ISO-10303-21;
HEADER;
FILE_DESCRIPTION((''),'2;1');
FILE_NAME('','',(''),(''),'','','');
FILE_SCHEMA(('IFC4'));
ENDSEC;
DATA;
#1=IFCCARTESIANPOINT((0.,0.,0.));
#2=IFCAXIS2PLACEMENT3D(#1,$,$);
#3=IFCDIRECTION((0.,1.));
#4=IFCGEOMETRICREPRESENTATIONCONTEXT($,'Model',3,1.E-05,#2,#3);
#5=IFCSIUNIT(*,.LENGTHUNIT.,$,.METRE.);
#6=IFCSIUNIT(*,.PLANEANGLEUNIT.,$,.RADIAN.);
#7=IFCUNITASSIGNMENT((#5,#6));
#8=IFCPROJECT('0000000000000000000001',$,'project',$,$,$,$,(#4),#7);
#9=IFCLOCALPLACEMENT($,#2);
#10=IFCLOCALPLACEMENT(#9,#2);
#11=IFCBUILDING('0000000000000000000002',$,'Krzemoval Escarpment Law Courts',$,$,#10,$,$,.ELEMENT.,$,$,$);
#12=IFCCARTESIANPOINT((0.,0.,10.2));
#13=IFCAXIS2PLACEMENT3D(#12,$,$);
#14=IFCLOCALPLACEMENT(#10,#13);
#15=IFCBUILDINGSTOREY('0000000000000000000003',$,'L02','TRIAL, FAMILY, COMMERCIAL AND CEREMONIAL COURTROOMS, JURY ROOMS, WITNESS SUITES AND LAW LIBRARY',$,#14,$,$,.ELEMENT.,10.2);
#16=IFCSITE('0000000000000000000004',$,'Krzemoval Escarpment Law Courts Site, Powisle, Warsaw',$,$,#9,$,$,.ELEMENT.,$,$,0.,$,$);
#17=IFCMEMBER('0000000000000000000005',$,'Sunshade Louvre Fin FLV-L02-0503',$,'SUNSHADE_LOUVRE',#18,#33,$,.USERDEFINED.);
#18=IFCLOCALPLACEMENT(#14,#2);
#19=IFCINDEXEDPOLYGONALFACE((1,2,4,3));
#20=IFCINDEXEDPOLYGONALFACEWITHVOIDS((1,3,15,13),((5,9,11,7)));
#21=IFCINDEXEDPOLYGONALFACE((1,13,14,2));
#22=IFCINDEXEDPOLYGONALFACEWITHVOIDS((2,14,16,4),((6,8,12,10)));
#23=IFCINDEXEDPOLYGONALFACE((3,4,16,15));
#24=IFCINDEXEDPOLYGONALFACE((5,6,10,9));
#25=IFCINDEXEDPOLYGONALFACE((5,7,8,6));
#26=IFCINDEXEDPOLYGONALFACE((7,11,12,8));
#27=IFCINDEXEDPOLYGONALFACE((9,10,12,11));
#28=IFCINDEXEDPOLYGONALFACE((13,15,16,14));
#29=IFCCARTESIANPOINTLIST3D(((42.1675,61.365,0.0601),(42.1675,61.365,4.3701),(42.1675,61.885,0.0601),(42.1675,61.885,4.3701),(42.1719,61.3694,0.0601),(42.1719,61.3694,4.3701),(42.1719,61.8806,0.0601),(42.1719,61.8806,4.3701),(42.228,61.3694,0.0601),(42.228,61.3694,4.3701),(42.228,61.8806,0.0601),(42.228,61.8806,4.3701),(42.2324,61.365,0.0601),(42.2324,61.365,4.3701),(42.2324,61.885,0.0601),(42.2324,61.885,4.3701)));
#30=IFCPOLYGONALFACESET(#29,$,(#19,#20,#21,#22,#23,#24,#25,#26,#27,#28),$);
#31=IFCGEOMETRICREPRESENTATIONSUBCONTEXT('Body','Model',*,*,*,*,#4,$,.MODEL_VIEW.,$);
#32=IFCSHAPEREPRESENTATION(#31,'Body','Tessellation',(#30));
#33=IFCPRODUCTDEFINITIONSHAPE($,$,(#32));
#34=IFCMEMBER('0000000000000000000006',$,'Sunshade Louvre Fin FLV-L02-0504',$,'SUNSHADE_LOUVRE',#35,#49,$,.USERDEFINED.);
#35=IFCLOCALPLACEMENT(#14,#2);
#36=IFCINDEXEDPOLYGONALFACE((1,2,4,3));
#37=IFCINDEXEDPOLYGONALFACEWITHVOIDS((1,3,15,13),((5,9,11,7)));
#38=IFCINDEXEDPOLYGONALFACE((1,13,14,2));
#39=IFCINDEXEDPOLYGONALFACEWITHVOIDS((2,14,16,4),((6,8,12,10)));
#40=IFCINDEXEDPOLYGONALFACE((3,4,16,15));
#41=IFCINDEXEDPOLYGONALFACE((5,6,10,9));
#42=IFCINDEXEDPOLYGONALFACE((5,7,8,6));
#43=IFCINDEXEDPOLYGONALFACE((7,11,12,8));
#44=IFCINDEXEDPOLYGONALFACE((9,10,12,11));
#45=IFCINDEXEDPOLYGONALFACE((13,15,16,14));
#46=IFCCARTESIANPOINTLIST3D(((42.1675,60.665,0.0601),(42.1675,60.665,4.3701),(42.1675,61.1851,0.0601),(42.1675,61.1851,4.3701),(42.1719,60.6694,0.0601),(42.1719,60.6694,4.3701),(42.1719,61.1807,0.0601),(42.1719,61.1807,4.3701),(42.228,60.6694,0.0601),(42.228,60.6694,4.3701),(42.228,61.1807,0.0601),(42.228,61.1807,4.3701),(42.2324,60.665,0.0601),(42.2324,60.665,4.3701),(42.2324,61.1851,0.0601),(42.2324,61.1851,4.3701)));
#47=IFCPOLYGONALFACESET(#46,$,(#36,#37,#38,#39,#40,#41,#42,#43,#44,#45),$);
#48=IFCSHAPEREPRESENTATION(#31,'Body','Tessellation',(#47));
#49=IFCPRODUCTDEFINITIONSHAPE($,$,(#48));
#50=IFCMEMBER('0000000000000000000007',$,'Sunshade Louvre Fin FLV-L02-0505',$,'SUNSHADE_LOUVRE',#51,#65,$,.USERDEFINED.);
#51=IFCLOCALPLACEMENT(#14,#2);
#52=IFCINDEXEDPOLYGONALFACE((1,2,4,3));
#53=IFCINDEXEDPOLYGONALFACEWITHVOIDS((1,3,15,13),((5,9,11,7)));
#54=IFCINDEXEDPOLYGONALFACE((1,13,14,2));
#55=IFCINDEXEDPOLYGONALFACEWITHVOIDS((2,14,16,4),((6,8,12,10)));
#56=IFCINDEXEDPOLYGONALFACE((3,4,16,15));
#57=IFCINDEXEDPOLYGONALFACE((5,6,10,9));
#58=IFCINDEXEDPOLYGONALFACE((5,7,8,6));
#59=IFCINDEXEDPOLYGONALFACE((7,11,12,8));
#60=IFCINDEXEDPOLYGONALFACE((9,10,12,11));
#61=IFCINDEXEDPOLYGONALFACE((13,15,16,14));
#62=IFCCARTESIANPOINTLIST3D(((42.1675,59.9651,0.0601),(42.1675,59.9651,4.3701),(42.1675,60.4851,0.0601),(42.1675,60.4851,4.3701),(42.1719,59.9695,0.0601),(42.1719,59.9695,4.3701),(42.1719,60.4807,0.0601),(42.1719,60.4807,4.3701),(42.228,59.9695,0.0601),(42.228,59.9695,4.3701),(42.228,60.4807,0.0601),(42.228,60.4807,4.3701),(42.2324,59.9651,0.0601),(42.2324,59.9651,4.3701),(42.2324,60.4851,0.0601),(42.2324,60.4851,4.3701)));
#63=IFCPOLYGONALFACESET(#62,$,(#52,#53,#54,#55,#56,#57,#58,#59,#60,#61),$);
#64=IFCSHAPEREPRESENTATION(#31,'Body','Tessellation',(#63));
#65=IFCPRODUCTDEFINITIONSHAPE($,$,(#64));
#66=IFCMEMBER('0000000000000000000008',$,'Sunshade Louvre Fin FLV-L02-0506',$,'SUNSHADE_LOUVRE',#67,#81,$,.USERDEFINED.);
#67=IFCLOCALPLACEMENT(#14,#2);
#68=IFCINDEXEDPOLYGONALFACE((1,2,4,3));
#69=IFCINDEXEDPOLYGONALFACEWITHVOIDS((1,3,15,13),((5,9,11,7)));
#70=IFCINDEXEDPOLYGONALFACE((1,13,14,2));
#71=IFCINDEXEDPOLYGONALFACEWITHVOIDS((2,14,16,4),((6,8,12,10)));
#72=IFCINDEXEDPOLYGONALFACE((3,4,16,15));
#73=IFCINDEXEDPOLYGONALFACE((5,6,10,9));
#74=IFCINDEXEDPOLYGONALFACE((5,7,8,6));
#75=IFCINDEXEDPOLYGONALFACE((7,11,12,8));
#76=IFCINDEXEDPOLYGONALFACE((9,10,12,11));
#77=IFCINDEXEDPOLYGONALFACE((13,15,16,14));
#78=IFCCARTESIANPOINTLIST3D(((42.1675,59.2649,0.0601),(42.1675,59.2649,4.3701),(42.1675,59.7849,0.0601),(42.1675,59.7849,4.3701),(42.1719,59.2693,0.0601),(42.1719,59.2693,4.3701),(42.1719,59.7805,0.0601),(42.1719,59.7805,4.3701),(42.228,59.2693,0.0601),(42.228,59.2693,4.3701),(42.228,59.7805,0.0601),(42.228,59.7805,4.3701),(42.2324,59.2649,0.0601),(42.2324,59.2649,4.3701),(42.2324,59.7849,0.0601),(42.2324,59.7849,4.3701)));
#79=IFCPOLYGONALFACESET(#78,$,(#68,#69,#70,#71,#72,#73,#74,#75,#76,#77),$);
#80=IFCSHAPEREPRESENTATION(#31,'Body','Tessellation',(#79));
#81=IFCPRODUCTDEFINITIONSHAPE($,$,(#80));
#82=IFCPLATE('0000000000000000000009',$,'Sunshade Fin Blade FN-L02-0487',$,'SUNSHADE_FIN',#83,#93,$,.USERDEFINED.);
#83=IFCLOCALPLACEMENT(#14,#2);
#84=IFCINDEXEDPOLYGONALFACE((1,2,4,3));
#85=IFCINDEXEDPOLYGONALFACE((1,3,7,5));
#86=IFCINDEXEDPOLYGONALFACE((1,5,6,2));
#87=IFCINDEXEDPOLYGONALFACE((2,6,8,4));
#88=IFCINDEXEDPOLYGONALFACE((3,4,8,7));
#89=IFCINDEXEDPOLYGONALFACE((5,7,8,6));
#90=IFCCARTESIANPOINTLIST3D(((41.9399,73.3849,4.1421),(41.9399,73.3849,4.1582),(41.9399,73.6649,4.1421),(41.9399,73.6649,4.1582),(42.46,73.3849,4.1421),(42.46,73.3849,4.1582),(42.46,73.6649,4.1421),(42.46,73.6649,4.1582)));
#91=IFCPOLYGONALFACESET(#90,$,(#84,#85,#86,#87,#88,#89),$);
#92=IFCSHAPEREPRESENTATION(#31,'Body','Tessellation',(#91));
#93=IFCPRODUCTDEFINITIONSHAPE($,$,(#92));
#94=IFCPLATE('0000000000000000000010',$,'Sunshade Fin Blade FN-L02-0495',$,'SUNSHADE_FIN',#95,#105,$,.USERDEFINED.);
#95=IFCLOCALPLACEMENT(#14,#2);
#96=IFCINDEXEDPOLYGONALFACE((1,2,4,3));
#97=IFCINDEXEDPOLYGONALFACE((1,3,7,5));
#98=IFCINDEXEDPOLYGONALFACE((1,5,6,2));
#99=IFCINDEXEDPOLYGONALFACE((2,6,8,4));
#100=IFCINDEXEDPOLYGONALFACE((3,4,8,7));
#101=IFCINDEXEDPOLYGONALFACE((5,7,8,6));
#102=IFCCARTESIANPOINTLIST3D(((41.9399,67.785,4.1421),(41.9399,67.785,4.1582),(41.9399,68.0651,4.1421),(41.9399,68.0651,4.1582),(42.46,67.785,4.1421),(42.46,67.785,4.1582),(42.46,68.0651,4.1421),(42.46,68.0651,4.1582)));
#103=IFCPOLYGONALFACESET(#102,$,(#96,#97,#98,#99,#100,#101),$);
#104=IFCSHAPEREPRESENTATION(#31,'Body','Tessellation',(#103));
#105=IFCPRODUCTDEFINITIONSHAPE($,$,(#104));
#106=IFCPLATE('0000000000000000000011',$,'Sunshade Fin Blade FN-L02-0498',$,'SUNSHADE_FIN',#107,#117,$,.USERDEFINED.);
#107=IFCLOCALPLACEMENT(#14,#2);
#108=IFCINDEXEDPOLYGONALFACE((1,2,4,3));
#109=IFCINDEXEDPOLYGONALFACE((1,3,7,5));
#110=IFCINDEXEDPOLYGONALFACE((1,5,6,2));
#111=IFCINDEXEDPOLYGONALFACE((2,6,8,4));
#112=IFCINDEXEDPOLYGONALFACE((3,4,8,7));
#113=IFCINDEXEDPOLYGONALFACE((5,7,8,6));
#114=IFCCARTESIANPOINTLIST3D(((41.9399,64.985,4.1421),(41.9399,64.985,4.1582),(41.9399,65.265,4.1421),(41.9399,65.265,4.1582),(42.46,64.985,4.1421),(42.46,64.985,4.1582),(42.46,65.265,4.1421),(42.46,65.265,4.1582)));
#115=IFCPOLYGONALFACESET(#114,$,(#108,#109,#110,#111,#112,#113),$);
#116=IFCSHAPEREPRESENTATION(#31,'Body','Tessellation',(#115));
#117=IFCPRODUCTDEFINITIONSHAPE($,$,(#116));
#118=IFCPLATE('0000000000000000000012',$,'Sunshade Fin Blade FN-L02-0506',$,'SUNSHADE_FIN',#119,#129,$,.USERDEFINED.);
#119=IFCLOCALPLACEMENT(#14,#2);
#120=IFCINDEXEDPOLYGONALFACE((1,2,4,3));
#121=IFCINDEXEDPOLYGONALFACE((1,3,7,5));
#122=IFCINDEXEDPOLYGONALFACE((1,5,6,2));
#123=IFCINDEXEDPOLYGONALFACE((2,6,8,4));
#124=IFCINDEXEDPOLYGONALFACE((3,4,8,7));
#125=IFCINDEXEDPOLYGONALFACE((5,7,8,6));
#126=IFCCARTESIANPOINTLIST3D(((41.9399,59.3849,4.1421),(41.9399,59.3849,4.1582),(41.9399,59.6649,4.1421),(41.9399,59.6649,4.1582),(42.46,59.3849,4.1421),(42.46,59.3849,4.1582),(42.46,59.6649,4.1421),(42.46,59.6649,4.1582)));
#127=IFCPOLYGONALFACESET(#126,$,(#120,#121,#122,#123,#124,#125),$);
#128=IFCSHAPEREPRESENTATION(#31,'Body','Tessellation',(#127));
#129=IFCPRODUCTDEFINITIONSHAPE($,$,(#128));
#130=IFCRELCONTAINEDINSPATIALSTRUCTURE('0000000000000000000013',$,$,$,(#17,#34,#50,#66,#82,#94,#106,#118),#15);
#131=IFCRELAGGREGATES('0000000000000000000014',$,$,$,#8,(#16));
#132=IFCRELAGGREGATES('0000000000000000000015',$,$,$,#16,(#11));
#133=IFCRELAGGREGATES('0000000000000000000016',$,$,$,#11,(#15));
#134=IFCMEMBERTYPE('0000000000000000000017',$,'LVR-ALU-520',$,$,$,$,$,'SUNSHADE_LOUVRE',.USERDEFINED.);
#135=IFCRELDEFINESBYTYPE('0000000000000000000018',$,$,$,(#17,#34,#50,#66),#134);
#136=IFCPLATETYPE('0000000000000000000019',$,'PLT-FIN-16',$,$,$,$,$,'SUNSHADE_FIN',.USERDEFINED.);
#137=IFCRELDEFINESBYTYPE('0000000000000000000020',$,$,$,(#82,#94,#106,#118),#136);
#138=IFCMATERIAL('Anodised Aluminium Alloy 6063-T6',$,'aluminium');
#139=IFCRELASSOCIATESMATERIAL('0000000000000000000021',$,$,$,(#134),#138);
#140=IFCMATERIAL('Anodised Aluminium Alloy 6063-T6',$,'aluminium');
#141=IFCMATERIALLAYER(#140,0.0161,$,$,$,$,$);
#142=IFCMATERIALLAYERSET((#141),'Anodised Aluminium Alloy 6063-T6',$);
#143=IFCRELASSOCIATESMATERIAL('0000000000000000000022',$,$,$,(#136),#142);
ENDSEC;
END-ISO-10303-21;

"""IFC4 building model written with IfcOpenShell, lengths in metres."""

from ifc_helpers import new_model, si_unit, direction, frame, origin, origin_2d, place, context, subcontext, project, spatial, rectangle, hollow_rectangle, extrude, material, layer, layer_set, material_profile, profile_set, type_object, element, save


model = new_model("IFC4")

# Units and contexts
model_context = context("Model", 3, precision=1e-05, world=origin(), true_north=direction((0.0, 1.0)))
body_context = subcontext(model_context, "Body", "Model", "MODEL_VIEW")
ifc_project = project(units=[si_unit("LENGTHUNIT", "METRE"), si_unit("PLANEANGLEUNIT", "RADIAN")], contexts=[model_context])

# Site, building, storey
site_placement = place(None, origin())
site = spatial("IfcSite", under=ifc_project, at=site_placement, Name="Krzemoval Escarpment Law Courts Site, Powisle, Warsaw", CompositionType="ELEMENT", RefElevation=0.0)
building_placement = place(site_placement, origin())
building = spatial("IfcBuilding", under=site, at=building_placement, Name="Krzemoval Escarpment Law Courts", CompositionType="ELEMENT")
storey_placement = place(building_placement, frame((0.0, 0.0, 10.2)))
storey = spatial("IfcBuildingStorey", under=building, at=storey_placement, Name="L02", Description="TRIAL, FAMILY, COMMERCIAL AND CEREMONIAL COURTROOMS, JURY ROOMS, WITNESS SUITES AND LAW LIBRARY", CompositionType="ELEMENT", Elevation=10.2)

# Members
ifc_material_1 = material(Name="Anodised Aluminium Alloy 6063-T6", Category="aluminium")
ifc_material_profile = material_profile(ifc_material_1, hollow_rectangle(XDim=0.0649, YDim=0.52, WallThickness=0.0044, at=origin_2d()), Name="ALU LVR 65x520")
ifc_profile_set = profile_set([ifc_material_profile], Name="Anodised Aluminium Alloy 6063-T6")
member_type = type_object("IfcMemberType", Name="LVR-ALU-520", ElementType="SUNSHADE_LOUVRE", PredefinedType="USERDEFINED", material=ifc_profile_set)
for number, where, z_axis, x_axis, name in (
    (1, (42.2, 61.625, 0.0601), (0.0, 0.0, 1.0), (1.0, 0.0, 0.0), "Sunshade Louvre Fin FLV-L02-0503"),
    (2, (42.2, 60.925, 0.0601), (0.0, 0.0, 1.0), (1.0, 0.0, 0.0), "Sunshade Louvre Fin FLV-L02-0504"),
    (3, (42.2, 60.2251, 0.0601), (0.0, 0.0, 1.0), (1.0, 0.0, 0.0), "Sunshade Louvre Fin FLV-L02-0505"),
    (4, (42.2, 59.5249, 0.0601), (0.0, 0.0, 1.0), (1.0, 0.0, 0.0), "Sunshade Louvre Fin FLV-L02-0506"),
):
    element("IfcMember", number, at=place(storey_placement, frame(where, z_axis=z_axis, x_axis=x_axis)), inside=storey, type_object=member_type, Name=name, ObjectType="SUNSHADE_LOUVRE", PredefinedType="USERDEFINED", context=body_context, shape_type="SweptSolid", body=[
        extrude(hollow_rectangle(XDim=0.0649, YDim=0.52, WallThickness=0.0044, at=origin_2d()), origin(), (0.0, 0.0, 1.0), 4.3101),
    ])

# Plates
ifc_material_2 = material(Name="Anodised Aluminium Alloy 6063-T6", Category="aluminium")
ifc_layer = layer(ifc_material_2, 0.0161)
ifc_layer_set = layer_set([ifc_layer], Name="Anodised Aluminium Alloy 6063-T6")
plate_type = type_object("IfcPlateType", Name="PLT-FIN-16", ElementType="SUNSHADE_FIN", PredefinedType="USERDEFINED", material=ifc_layer_set)
for number, where, z_axis, x_axis, name in (
    (5, (42.2, 73.5249, 4.1421), (0.0, 0.0, 1.0), (1.0, 0.0, 0.0), "Sunshade Fin Blade FN-L02-0487"),
    (6, (42.2, 67.925, 4.1421), (0.0, 0.0, 1.0), (1.0, 0.0, 0.0), "Sunshade Fin Blade FN-L02-0495"),
    (7, (42.2, 65.125, 4.1421), (0.0, 0.0, 1.0), (1.0, 0.0, 0.0), "Sunshade Fin Blade FN-L02-0498"),
    (8, (42.2, 59.5249, 4.1421), (0.0, 0.0, 1.0), (1.0, 0.0, 0.0), "Sunshade Fin Blade FN-L02-0506"),
):
    element("IfcPlate", number, at=place(storey_placement, frame(where, z_axis=z_axis, x_axis=x_axis)), inside=storey, type_object=plate_type, Name=name, ObjectType="SUNSHADE_FIN", PredefinedType="USERDEFINED", context=body_context, shape_type="SweptSolid", body=[
        extrude(rectangle(XDim=0.52, YDim=0.28, at=origin_2d()), origin(), (0.0, 0.0, 1.0), 0.0161),
    ])

save(model, "model.ifc")
